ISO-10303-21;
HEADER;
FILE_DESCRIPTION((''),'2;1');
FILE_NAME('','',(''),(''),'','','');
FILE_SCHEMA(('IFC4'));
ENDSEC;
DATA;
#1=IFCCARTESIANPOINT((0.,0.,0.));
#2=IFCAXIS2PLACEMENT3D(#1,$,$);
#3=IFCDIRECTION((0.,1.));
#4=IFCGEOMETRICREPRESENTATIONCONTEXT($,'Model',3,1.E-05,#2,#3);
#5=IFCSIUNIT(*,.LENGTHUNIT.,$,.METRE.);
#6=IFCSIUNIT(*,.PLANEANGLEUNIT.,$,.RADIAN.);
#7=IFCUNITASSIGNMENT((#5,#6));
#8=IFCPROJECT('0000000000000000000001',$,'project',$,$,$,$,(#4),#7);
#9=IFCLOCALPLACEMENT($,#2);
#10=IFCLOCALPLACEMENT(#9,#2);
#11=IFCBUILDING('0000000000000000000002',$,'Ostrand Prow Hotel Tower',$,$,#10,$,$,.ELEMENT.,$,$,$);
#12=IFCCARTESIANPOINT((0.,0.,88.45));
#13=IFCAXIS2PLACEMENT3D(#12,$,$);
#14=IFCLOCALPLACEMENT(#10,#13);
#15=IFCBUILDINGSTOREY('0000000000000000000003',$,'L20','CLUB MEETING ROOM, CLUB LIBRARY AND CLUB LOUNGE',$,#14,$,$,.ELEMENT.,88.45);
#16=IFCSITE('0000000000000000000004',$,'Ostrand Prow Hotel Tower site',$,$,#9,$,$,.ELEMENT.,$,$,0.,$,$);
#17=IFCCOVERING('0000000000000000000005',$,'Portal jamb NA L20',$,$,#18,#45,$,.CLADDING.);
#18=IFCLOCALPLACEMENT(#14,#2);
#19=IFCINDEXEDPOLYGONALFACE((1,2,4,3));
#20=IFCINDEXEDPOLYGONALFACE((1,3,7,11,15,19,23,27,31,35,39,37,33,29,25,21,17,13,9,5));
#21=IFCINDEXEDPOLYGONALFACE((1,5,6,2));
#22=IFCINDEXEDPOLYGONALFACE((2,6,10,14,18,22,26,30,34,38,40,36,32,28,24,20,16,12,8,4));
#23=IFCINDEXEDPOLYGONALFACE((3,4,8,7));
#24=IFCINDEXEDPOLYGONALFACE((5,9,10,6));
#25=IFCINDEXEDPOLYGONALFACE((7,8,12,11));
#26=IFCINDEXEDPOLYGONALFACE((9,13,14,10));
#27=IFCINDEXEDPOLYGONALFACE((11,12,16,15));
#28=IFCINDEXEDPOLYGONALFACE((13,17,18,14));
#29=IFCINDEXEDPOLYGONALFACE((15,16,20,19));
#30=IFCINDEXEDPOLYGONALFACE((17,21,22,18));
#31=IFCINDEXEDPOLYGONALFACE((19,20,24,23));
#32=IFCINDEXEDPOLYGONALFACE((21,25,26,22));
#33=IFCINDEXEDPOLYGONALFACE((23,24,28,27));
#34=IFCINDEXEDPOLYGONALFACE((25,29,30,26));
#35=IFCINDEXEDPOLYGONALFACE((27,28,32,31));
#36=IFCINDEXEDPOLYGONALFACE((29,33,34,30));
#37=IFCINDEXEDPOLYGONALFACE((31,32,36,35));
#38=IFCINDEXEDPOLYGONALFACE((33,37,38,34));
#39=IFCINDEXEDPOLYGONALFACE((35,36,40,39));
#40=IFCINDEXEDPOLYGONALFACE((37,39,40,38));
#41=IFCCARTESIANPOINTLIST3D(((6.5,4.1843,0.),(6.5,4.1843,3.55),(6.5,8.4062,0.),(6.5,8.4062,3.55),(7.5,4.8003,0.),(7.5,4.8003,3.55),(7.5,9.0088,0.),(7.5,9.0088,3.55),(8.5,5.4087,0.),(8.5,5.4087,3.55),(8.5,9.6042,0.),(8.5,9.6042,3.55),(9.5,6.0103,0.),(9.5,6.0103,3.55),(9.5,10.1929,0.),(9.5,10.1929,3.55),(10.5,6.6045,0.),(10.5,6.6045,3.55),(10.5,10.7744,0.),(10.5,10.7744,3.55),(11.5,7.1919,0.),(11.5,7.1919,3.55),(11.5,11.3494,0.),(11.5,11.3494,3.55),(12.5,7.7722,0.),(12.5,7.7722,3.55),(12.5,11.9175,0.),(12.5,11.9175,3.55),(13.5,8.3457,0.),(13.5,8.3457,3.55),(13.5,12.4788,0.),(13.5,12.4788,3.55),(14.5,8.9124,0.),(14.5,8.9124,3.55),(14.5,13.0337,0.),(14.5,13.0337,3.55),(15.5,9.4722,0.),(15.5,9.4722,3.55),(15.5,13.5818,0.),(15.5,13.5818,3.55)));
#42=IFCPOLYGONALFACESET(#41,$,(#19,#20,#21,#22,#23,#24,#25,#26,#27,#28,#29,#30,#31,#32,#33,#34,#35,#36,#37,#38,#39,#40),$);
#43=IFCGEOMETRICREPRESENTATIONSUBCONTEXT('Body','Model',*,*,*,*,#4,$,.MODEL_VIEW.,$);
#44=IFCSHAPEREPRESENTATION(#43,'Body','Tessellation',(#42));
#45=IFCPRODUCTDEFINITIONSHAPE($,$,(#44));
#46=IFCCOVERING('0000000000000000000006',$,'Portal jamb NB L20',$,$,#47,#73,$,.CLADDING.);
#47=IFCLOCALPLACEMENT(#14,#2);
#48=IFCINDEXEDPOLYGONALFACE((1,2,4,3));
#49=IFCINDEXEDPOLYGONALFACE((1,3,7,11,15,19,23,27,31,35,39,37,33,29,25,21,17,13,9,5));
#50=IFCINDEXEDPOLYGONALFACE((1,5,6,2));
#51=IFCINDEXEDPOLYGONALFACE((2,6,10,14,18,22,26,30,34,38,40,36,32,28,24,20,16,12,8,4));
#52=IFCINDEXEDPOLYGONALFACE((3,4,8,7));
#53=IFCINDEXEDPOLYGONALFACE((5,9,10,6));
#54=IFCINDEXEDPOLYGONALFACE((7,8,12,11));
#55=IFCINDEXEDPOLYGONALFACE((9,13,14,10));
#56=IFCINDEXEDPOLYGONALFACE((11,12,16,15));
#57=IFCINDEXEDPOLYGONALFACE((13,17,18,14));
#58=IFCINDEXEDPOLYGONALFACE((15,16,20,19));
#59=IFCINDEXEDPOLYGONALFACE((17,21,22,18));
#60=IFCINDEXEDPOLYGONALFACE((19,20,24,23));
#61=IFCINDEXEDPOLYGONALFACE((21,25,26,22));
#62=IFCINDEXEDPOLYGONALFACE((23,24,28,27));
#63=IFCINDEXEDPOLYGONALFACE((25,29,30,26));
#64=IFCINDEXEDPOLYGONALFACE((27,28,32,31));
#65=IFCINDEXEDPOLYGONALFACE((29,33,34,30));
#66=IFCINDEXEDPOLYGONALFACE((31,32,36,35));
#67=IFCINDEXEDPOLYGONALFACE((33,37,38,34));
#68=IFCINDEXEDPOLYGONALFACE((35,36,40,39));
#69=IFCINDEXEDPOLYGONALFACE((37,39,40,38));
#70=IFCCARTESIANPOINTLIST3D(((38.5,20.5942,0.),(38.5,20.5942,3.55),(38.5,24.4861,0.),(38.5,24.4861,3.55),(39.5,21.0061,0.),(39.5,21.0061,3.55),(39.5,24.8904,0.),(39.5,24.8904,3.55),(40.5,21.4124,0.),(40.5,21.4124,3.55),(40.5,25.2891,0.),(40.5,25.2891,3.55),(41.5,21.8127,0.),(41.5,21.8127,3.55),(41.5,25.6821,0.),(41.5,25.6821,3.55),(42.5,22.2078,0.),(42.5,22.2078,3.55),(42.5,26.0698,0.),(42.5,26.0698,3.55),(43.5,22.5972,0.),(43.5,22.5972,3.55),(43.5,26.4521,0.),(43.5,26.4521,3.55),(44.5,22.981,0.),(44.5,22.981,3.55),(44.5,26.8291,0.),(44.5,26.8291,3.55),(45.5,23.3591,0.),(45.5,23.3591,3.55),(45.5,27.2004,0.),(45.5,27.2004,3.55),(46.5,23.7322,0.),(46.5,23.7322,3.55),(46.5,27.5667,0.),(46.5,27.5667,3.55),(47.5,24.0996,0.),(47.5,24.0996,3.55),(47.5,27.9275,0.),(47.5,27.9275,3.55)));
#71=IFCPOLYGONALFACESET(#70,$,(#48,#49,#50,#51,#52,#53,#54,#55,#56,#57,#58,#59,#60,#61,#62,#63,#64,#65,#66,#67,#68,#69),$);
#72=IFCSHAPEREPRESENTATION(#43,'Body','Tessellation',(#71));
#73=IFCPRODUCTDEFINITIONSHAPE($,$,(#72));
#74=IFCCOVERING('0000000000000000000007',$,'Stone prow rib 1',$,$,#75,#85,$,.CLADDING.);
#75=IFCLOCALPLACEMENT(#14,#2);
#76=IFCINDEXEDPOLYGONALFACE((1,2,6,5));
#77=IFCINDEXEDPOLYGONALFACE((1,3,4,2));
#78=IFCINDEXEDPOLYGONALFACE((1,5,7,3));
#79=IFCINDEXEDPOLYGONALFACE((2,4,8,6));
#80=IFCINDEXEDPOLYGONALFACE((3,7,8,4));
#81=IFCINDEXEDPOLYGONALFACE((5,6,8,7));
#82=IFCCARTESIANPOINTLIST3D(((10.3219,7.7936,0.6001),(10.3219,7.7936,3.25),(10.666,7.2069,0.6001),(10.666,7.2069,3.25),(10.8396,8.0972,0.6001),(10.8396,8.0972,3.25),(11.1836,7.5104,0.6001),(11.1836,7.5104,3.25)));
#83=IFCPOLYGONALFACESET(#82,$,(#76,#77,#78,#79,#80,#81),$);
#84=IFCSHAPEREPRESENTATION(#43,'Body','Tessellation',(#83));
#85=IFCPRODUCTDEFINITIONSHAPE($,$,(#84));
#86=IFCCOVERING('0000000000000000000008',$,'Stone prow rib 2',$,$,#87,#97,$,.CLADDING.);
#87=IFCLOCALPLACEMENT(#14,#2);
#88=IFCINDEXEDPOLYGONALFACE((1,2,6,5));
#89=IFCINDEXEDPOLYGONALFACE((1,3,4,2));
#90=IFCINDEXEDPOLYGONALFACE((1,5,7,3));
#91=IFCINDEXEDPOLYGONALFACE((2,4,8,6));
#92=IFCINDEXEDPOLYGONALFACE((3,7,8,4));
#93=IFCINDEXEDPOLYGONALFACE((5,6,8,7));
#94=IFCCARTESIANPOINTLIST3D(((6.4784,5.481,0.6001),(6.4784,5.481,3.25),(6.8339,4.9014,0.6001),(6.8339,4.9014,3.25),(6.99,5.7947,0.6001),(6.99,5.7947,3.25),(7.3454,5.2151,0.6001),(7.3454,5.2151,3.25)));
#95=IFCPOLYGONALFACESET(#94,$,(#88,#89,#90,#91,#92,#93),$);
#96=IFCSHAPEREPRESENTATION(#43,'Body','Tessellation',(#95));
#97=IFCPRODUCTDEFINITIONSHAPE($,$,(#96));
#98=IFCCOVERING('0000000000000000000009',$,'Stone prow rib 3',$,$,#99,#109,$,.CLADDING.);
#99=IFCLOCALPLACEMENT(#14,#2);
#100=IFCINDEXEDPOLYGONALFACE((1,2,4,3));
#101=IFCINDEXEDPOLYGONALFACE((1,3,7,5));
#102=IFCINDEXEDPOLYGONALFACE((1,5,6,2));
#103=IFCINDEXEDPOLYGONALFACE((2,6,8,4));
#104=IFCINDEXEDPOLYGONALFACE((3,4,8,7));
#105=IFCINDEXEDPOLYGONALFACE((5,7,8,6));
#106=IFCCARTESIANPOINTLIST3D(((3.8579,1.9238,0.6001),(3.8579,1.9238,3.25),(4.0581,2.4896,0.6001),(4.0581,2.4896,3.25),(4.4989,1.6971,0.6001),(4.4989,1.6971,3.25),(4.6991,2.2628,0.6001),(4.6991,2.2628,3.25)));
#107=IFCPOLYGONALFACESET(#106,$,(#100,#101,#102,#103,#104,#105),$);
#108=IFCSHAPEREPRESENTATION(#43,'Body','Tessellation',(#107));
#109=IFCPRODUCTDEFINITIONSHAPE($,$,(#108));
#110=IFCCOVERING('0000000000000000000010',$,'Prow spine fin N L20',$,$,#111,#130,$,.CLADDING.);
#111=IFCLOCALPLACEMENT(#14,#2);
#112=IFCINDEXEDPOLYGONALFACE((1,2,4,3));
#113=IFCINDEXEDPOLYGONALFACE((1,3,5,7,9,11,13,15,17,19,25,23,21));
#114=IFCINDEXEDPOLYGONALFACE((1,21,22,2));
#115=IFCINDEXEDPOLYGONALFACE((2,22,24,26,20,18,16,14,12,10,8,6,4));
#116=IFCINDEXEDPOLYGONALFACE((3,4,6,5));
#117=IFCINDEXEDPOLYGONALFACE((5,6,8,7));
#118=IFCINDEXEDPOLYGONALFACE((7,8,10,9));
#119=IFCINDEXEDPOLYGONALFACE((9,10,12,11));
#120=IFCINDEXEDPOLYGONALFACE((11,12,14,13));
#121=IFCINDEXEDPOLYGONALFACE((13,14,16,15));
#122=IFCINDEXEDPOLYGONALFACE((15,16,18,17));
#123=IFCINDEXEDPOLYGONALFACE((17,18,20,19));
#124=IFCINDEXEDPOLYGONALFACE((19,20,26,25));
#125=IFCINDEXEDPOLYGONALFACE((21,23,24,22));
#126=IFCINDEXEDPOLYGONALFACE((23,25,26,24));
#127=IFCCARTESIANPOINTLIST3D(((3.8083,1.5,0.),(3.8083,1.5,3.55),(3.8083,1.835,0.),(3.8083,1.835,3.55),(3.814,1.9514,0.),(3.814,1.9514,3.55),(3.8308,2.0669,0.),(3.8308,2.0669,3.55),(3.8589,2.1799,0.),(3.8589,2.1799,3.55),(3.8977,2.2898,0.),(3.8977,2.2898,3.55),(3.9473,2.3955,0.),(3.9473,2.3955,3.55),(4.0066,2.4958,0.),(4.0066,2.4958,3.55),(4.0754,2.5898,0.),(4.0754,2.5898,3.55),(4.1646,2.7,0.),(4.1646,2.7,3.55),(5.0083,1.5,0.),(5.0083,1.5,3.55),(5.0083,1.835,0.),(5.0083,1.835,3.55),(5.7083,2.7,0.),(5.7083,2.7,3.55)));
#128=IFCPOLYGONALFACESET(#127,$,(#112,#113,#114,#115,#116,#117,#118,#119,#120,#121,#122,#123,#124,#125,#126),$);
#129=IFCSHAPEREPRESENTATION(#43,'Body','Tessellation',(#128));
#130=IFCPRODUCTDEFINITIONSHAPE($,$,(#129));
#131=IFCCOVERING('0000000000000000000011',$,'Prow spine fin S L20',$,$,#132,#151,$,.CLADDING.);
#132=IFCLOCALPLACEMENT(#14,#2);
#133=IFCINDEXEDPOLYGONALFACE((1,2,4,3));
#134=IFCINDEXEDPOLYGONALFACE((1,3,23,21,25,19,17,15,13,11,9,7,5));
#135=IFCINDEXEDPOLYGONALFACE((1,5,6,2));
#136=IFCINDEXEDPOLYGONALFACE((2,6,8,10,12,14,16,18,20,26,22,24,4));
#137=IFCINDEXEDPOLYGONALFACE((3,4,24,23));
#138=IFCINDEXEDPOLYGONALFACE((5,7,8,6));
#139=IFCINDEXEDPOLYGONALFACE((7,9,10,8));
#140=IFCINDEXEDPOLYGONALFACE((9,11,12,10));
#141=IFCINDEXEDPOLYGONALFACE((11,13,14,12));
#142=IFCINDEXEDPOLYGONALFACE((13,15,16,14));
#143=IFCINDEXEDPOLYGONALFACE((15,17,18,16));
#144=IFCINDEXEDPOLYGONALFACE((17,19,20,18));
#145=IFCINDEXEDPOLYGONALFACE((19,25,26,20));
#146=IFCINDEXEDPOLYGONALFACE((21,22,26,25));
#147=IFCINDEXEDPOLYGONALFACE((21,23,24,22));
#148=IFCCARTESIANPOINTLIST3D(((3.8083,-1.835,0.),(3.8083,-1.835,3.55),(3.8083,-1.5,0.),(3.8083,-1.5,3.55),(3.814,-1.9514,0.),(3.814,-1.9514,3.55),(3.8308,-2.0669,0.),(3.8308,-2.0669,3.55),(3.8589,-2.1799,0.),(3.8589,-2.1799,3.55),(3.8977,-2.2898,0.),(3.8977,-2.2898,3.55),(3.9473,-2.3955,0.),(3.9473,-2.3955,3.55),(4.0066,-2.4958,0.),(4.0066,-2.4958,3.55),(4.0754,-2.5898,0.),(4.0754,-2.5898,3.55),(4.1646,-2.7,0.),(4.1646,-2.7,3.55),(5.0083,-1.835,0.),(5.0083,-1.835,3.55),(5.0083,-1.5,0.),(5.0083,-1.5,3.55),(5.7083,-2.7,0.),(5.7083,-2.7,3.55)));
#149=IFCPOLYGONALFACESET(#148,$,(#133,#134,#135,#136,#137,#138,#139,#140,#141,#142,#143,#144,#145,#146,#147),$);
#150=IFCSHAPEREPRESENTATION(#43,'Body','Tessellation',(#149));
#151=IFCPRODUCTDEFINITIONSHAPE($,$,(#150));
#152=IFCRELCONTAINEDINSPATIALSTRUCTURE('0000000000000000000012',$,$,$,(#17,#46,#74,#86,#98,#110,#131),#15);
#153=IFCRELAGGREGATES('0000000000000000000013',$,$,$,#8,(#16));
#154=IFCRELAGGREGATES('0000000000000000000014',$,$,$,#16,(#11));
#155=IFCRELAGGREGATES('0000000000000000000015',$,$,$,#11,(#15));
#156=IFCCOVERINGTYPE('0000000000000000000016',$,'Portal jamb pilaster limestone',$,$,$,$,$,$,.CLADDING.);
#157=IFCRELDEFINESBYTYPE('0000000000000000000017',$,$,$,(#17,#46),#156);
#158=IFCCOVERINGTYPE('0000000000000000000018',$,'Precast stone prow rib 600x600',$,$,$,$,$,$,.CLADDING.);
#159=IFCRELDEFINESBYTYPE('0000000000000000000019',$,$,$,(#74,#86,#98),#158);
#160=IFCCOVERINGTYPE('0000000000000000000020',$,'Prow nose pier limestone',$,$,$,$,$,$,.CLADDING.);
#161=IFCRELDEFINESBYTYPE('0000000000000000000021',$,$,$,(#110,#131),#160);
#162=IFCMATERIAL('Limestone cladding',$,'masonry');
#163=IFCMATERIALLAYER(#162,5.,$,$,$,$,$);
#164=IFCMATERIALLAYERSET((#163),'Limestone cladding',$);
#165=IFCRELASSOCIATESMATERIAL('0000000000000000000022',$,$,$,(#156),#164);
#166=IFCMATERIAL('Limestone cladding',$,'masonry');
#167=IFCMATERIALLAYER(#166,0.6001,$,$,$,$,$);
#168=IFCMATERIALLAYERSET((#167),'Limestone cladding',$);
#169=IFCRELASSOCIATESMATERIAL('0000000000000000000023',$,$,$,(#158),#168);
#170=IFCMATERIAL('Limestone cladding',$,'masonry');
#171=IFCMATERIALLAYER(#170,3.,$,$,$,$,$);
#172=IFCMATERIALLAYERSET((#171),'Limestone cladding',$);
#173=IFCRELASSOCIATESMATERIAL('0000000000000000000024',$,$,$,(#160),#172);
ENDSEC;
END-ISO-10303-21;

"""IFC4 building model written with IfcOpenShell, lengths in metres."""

from ifc_helpers import new_model, si_unit, direction, frame, frame_2d, origin, place, context, subcontext, project, spatial, polyline, rectangle, outline, extrude, material, layer, layer_set, type_object, element, save


model = new_model("IFC4")

# Units and contexts
model_context = context("Model", 3, precision=1e-05, world=origin(), true_north=direction((0.0, 1.0)))
body_context = subcontext(model_context, "Body", "Model", "MODEL_VIEW")
ifc_project = project(units=[si_unit("LENGTHUNIT", "METRE"), si_unit("PLANEANGLEUNIT", "RADIAN")], contexts=[model_context])

# Site, building, storey
site_placement = place(None, origin())
site = spatial("IfcSite", under=ifc_project, at=site_placement, Name="Ostrand Prow Hotel Tower site", CompositionType="ELEMENT", RefElevation=0.0)
building_placement = place(site_placement, origin())
building = spatial("IfcBuilding", under=site, at=building_placement, Name="Ostrand Prow Hotel Tower", CompositionType="ELEMENT")
storey_placement = place(building_placement, frame((0.0, 0.0, 88.45)))
storey = spatial("IfcBuildingStorey", under=building, at=storey_placement, Name="L20", Description="CLUB MEETING ROOM, CLUB LIBRARY AND CLUB LOUNGE", CompositionType="ELEMENT", Elevation=88.45)

# Coverings
ifc_material_1 = material(Name="Limestone cladding", Category="masonry")
ifc_layer_1 = layer(ifc_material_1, 5.0)
ifc_layer_set_1 = layer_set([ifc_layer_1], Name="Limestone cladding")
covering_type_1 = type_object("IfcCoveringType", Name="Portal jamb pilaster limestone", PredefinedType="CLADDING", material=ifc_layer_set_1)
covering_1_placement = place(storey_placement, origin())
element("IfcCovering", 1, at=covering_1_placement, inside=storey, type_object=covering_type_1, Name="Portal jamb NA L20", PredefinedType="CLADDING", context=body_context, shape_type="SweptSolid", body=[
    extrude(outline(polyline([(6.5, 4.1843), (7.5, 4.8003), (8.5, 5.4087), (9.5, 6.0103), (10.5, 6.6045), (11.5, 7.1919), (12.5, 7.7722), (13.5, 8.3457), (14.5, 8.9124), (15.5, 9.4722), (15.5, 13.5818), (14.5, 13.0337), (13.5, 12.4788), (12.5, 11.9175), (11.5, 11.3494), (10.5, 10.7744), (9.5, 10.1929), (8.5, 9.6042), (7.5, 9.0088), (6.5, 8.4062), (6.5, 4.1843)])), origin(), (0.0, 0.0, 1.0), 3.55),
])
covering_2_placement = place(storey_placement, origin())
element("IfcCovering", 2, at=covering_2_placement, inside=storey, type_object=covering_type_1, Name="Portal jamb NB L20", PredefinedType="CLADDING", context=body_context, shape_type="SweptSolid", body=[
    extrude(outline(polyline([(38.5, 20.5942), (39.5, 21.0061), (40.5, 21.4124), (41.5, 21.8127), (42.5, 22.2078), (43.5, 22.5972), (44.5, 22.981), (45.5, 23.3591), (46.5, 23.7322), (47.5, 24.0996), (47.5, 27.9275), (46.5, 27.5667), (45.5, 27.2004), (44.5, 26.8291), (43.5, 26.4521), (42.5, 26.0698), (41.5, 25.6821), (40.5, 25.2891), (39.5, 24.8904), (38.5, 24.4861), (38.5, 20.5942)])), origin(), (0.0, 0.0, 1.0), 3.55),
])
ifc_material_2 = material(Name="Limestone cladding", Category="masonry")
ifc_layer_2 = layer(ifc_material_2, 0.6001)
ifc_layer_set_2 = layer_set([ifc_layer_2], Name="Limestone cladding")
covering_type_2 = type_object("IfcCoveringType", Name="Precast stone prow rib 600x600", PredefinedType="CLADDING", material=ifc_layer_set_2)
covering_3_placement = place(storey_placement, frame((10.9248, 7.3586, 0.6001), z_axis=(0.0, 0.0, 1.0), x_axis=(-0.505812, 0.862644, 0.0)))
element("IfcCovering", 3, at=covering_3_placement, inside=storey, type_object=covering_type_2, Name="Stone prow rib 1", PredefinedType="CLADDING", context=body_context, shape_type="SweptSolid", body=[
    extrude(rectangle(XDim=0.6802, YDim=0.6001, at=frame_2d((0.3401, 0.0))), origin(), (0.0, 0.0, 1.0), 2.6499),
])
for number, where, z_axis, x_axis, name in (
    (4, (7.0896, 5.0583, 0.6001), (0.0, 0.0, 1.0), (-0.522815, 0.852446, 0.0), "Stone prow rib 2"),
    (5, (4.5989, 1.98, 0.6001), (0.0, 0.0, 1.0), (-0.942745, 0.333515, 0.0), "Stone prow rib 3"),
):
    element("IfcCovering", number, at=place(storey_placement, frame(where, z_axis=z_axis, x_axis=x_axis)), inside=storey, type_object=covering_type_2, Name=name, PredefinedType="CLADDING", context=body_context, shape_type="SweptSolid", body=[
        extrude(rectangle(XDim=0.6799, YDim=0.6001, at=frame_2d((0.3398, 0.0))), origin(), (0.0, 0.0, 1.0), 2.6499),
    ])
ifc_material_3 = material(Name="Limestone cladding", Category="masonry")
ifc_layer_3 = layer(ifc_material_3, 3.0)
ifc_layer_set_3 = layer_set([ifc_layer_3], Name="Limestone cladding")
covering_type_3 = type_object("IfcCoveringType", Name="Prow nose pier limestone", PredefinedType="CLADDING", material=ifc_layer_set_3)
covering_4_placement = place(storey_placement, origin())
element("IfcCovering", 6, at=covering_4_placement, inside=storey, type_object=covering_type_3, Name="Prow spine fin N L20", PredefinedType="CLADDING", context=body_context, shape_type="SweptSolid", body=[
    extrude(outline(polyline([(3.8083, 1.835), (3.8083, 1.5), (5.0083, 1.5), (5.0083, 1.835), (5.7083, 2.7), (4.1646, 2.7), (4.0754, 2.5898), (4.0066, 2.4958), (3.9473, 2.3955), (3.8977, 2.2898), (3.8589, 2.1799), (3.8308, 2.0669), (3.814, 1.9514), (3.8083, 1.835)])), origin(), (0.0, 0.0, 1.0), 3.55),
])
covering_5_placement = place(storey_placement, origin())
element("IfcCovering", 7, at=covering_5_placement, inside=storey, type_object=covering_type_3, Name="Prow spine fin S L20", PredefinedType="CLADDING", context=body_context, shape_type="SweptSolid", body=[
    extrude(outline(polyline([(4.0754, -2.5898), (4.1646, -2.7), (5.7083, -2.7), (5.0083, -1.835), (5.0083, -1.5), (3.8083, -1.5), (3.8083, -1.835), (3.814, -1.9514), (3.8308, -2.0669), (3.8589, -2.1799), (3.8977, -2.2898), (3.9473, -2.3955), (4.0066, -2.4958), (4.0754, -2.5898)])), origin(), (0.0, 0.0, 1.0), 3.55),
])

save(model, "model.ifc")
